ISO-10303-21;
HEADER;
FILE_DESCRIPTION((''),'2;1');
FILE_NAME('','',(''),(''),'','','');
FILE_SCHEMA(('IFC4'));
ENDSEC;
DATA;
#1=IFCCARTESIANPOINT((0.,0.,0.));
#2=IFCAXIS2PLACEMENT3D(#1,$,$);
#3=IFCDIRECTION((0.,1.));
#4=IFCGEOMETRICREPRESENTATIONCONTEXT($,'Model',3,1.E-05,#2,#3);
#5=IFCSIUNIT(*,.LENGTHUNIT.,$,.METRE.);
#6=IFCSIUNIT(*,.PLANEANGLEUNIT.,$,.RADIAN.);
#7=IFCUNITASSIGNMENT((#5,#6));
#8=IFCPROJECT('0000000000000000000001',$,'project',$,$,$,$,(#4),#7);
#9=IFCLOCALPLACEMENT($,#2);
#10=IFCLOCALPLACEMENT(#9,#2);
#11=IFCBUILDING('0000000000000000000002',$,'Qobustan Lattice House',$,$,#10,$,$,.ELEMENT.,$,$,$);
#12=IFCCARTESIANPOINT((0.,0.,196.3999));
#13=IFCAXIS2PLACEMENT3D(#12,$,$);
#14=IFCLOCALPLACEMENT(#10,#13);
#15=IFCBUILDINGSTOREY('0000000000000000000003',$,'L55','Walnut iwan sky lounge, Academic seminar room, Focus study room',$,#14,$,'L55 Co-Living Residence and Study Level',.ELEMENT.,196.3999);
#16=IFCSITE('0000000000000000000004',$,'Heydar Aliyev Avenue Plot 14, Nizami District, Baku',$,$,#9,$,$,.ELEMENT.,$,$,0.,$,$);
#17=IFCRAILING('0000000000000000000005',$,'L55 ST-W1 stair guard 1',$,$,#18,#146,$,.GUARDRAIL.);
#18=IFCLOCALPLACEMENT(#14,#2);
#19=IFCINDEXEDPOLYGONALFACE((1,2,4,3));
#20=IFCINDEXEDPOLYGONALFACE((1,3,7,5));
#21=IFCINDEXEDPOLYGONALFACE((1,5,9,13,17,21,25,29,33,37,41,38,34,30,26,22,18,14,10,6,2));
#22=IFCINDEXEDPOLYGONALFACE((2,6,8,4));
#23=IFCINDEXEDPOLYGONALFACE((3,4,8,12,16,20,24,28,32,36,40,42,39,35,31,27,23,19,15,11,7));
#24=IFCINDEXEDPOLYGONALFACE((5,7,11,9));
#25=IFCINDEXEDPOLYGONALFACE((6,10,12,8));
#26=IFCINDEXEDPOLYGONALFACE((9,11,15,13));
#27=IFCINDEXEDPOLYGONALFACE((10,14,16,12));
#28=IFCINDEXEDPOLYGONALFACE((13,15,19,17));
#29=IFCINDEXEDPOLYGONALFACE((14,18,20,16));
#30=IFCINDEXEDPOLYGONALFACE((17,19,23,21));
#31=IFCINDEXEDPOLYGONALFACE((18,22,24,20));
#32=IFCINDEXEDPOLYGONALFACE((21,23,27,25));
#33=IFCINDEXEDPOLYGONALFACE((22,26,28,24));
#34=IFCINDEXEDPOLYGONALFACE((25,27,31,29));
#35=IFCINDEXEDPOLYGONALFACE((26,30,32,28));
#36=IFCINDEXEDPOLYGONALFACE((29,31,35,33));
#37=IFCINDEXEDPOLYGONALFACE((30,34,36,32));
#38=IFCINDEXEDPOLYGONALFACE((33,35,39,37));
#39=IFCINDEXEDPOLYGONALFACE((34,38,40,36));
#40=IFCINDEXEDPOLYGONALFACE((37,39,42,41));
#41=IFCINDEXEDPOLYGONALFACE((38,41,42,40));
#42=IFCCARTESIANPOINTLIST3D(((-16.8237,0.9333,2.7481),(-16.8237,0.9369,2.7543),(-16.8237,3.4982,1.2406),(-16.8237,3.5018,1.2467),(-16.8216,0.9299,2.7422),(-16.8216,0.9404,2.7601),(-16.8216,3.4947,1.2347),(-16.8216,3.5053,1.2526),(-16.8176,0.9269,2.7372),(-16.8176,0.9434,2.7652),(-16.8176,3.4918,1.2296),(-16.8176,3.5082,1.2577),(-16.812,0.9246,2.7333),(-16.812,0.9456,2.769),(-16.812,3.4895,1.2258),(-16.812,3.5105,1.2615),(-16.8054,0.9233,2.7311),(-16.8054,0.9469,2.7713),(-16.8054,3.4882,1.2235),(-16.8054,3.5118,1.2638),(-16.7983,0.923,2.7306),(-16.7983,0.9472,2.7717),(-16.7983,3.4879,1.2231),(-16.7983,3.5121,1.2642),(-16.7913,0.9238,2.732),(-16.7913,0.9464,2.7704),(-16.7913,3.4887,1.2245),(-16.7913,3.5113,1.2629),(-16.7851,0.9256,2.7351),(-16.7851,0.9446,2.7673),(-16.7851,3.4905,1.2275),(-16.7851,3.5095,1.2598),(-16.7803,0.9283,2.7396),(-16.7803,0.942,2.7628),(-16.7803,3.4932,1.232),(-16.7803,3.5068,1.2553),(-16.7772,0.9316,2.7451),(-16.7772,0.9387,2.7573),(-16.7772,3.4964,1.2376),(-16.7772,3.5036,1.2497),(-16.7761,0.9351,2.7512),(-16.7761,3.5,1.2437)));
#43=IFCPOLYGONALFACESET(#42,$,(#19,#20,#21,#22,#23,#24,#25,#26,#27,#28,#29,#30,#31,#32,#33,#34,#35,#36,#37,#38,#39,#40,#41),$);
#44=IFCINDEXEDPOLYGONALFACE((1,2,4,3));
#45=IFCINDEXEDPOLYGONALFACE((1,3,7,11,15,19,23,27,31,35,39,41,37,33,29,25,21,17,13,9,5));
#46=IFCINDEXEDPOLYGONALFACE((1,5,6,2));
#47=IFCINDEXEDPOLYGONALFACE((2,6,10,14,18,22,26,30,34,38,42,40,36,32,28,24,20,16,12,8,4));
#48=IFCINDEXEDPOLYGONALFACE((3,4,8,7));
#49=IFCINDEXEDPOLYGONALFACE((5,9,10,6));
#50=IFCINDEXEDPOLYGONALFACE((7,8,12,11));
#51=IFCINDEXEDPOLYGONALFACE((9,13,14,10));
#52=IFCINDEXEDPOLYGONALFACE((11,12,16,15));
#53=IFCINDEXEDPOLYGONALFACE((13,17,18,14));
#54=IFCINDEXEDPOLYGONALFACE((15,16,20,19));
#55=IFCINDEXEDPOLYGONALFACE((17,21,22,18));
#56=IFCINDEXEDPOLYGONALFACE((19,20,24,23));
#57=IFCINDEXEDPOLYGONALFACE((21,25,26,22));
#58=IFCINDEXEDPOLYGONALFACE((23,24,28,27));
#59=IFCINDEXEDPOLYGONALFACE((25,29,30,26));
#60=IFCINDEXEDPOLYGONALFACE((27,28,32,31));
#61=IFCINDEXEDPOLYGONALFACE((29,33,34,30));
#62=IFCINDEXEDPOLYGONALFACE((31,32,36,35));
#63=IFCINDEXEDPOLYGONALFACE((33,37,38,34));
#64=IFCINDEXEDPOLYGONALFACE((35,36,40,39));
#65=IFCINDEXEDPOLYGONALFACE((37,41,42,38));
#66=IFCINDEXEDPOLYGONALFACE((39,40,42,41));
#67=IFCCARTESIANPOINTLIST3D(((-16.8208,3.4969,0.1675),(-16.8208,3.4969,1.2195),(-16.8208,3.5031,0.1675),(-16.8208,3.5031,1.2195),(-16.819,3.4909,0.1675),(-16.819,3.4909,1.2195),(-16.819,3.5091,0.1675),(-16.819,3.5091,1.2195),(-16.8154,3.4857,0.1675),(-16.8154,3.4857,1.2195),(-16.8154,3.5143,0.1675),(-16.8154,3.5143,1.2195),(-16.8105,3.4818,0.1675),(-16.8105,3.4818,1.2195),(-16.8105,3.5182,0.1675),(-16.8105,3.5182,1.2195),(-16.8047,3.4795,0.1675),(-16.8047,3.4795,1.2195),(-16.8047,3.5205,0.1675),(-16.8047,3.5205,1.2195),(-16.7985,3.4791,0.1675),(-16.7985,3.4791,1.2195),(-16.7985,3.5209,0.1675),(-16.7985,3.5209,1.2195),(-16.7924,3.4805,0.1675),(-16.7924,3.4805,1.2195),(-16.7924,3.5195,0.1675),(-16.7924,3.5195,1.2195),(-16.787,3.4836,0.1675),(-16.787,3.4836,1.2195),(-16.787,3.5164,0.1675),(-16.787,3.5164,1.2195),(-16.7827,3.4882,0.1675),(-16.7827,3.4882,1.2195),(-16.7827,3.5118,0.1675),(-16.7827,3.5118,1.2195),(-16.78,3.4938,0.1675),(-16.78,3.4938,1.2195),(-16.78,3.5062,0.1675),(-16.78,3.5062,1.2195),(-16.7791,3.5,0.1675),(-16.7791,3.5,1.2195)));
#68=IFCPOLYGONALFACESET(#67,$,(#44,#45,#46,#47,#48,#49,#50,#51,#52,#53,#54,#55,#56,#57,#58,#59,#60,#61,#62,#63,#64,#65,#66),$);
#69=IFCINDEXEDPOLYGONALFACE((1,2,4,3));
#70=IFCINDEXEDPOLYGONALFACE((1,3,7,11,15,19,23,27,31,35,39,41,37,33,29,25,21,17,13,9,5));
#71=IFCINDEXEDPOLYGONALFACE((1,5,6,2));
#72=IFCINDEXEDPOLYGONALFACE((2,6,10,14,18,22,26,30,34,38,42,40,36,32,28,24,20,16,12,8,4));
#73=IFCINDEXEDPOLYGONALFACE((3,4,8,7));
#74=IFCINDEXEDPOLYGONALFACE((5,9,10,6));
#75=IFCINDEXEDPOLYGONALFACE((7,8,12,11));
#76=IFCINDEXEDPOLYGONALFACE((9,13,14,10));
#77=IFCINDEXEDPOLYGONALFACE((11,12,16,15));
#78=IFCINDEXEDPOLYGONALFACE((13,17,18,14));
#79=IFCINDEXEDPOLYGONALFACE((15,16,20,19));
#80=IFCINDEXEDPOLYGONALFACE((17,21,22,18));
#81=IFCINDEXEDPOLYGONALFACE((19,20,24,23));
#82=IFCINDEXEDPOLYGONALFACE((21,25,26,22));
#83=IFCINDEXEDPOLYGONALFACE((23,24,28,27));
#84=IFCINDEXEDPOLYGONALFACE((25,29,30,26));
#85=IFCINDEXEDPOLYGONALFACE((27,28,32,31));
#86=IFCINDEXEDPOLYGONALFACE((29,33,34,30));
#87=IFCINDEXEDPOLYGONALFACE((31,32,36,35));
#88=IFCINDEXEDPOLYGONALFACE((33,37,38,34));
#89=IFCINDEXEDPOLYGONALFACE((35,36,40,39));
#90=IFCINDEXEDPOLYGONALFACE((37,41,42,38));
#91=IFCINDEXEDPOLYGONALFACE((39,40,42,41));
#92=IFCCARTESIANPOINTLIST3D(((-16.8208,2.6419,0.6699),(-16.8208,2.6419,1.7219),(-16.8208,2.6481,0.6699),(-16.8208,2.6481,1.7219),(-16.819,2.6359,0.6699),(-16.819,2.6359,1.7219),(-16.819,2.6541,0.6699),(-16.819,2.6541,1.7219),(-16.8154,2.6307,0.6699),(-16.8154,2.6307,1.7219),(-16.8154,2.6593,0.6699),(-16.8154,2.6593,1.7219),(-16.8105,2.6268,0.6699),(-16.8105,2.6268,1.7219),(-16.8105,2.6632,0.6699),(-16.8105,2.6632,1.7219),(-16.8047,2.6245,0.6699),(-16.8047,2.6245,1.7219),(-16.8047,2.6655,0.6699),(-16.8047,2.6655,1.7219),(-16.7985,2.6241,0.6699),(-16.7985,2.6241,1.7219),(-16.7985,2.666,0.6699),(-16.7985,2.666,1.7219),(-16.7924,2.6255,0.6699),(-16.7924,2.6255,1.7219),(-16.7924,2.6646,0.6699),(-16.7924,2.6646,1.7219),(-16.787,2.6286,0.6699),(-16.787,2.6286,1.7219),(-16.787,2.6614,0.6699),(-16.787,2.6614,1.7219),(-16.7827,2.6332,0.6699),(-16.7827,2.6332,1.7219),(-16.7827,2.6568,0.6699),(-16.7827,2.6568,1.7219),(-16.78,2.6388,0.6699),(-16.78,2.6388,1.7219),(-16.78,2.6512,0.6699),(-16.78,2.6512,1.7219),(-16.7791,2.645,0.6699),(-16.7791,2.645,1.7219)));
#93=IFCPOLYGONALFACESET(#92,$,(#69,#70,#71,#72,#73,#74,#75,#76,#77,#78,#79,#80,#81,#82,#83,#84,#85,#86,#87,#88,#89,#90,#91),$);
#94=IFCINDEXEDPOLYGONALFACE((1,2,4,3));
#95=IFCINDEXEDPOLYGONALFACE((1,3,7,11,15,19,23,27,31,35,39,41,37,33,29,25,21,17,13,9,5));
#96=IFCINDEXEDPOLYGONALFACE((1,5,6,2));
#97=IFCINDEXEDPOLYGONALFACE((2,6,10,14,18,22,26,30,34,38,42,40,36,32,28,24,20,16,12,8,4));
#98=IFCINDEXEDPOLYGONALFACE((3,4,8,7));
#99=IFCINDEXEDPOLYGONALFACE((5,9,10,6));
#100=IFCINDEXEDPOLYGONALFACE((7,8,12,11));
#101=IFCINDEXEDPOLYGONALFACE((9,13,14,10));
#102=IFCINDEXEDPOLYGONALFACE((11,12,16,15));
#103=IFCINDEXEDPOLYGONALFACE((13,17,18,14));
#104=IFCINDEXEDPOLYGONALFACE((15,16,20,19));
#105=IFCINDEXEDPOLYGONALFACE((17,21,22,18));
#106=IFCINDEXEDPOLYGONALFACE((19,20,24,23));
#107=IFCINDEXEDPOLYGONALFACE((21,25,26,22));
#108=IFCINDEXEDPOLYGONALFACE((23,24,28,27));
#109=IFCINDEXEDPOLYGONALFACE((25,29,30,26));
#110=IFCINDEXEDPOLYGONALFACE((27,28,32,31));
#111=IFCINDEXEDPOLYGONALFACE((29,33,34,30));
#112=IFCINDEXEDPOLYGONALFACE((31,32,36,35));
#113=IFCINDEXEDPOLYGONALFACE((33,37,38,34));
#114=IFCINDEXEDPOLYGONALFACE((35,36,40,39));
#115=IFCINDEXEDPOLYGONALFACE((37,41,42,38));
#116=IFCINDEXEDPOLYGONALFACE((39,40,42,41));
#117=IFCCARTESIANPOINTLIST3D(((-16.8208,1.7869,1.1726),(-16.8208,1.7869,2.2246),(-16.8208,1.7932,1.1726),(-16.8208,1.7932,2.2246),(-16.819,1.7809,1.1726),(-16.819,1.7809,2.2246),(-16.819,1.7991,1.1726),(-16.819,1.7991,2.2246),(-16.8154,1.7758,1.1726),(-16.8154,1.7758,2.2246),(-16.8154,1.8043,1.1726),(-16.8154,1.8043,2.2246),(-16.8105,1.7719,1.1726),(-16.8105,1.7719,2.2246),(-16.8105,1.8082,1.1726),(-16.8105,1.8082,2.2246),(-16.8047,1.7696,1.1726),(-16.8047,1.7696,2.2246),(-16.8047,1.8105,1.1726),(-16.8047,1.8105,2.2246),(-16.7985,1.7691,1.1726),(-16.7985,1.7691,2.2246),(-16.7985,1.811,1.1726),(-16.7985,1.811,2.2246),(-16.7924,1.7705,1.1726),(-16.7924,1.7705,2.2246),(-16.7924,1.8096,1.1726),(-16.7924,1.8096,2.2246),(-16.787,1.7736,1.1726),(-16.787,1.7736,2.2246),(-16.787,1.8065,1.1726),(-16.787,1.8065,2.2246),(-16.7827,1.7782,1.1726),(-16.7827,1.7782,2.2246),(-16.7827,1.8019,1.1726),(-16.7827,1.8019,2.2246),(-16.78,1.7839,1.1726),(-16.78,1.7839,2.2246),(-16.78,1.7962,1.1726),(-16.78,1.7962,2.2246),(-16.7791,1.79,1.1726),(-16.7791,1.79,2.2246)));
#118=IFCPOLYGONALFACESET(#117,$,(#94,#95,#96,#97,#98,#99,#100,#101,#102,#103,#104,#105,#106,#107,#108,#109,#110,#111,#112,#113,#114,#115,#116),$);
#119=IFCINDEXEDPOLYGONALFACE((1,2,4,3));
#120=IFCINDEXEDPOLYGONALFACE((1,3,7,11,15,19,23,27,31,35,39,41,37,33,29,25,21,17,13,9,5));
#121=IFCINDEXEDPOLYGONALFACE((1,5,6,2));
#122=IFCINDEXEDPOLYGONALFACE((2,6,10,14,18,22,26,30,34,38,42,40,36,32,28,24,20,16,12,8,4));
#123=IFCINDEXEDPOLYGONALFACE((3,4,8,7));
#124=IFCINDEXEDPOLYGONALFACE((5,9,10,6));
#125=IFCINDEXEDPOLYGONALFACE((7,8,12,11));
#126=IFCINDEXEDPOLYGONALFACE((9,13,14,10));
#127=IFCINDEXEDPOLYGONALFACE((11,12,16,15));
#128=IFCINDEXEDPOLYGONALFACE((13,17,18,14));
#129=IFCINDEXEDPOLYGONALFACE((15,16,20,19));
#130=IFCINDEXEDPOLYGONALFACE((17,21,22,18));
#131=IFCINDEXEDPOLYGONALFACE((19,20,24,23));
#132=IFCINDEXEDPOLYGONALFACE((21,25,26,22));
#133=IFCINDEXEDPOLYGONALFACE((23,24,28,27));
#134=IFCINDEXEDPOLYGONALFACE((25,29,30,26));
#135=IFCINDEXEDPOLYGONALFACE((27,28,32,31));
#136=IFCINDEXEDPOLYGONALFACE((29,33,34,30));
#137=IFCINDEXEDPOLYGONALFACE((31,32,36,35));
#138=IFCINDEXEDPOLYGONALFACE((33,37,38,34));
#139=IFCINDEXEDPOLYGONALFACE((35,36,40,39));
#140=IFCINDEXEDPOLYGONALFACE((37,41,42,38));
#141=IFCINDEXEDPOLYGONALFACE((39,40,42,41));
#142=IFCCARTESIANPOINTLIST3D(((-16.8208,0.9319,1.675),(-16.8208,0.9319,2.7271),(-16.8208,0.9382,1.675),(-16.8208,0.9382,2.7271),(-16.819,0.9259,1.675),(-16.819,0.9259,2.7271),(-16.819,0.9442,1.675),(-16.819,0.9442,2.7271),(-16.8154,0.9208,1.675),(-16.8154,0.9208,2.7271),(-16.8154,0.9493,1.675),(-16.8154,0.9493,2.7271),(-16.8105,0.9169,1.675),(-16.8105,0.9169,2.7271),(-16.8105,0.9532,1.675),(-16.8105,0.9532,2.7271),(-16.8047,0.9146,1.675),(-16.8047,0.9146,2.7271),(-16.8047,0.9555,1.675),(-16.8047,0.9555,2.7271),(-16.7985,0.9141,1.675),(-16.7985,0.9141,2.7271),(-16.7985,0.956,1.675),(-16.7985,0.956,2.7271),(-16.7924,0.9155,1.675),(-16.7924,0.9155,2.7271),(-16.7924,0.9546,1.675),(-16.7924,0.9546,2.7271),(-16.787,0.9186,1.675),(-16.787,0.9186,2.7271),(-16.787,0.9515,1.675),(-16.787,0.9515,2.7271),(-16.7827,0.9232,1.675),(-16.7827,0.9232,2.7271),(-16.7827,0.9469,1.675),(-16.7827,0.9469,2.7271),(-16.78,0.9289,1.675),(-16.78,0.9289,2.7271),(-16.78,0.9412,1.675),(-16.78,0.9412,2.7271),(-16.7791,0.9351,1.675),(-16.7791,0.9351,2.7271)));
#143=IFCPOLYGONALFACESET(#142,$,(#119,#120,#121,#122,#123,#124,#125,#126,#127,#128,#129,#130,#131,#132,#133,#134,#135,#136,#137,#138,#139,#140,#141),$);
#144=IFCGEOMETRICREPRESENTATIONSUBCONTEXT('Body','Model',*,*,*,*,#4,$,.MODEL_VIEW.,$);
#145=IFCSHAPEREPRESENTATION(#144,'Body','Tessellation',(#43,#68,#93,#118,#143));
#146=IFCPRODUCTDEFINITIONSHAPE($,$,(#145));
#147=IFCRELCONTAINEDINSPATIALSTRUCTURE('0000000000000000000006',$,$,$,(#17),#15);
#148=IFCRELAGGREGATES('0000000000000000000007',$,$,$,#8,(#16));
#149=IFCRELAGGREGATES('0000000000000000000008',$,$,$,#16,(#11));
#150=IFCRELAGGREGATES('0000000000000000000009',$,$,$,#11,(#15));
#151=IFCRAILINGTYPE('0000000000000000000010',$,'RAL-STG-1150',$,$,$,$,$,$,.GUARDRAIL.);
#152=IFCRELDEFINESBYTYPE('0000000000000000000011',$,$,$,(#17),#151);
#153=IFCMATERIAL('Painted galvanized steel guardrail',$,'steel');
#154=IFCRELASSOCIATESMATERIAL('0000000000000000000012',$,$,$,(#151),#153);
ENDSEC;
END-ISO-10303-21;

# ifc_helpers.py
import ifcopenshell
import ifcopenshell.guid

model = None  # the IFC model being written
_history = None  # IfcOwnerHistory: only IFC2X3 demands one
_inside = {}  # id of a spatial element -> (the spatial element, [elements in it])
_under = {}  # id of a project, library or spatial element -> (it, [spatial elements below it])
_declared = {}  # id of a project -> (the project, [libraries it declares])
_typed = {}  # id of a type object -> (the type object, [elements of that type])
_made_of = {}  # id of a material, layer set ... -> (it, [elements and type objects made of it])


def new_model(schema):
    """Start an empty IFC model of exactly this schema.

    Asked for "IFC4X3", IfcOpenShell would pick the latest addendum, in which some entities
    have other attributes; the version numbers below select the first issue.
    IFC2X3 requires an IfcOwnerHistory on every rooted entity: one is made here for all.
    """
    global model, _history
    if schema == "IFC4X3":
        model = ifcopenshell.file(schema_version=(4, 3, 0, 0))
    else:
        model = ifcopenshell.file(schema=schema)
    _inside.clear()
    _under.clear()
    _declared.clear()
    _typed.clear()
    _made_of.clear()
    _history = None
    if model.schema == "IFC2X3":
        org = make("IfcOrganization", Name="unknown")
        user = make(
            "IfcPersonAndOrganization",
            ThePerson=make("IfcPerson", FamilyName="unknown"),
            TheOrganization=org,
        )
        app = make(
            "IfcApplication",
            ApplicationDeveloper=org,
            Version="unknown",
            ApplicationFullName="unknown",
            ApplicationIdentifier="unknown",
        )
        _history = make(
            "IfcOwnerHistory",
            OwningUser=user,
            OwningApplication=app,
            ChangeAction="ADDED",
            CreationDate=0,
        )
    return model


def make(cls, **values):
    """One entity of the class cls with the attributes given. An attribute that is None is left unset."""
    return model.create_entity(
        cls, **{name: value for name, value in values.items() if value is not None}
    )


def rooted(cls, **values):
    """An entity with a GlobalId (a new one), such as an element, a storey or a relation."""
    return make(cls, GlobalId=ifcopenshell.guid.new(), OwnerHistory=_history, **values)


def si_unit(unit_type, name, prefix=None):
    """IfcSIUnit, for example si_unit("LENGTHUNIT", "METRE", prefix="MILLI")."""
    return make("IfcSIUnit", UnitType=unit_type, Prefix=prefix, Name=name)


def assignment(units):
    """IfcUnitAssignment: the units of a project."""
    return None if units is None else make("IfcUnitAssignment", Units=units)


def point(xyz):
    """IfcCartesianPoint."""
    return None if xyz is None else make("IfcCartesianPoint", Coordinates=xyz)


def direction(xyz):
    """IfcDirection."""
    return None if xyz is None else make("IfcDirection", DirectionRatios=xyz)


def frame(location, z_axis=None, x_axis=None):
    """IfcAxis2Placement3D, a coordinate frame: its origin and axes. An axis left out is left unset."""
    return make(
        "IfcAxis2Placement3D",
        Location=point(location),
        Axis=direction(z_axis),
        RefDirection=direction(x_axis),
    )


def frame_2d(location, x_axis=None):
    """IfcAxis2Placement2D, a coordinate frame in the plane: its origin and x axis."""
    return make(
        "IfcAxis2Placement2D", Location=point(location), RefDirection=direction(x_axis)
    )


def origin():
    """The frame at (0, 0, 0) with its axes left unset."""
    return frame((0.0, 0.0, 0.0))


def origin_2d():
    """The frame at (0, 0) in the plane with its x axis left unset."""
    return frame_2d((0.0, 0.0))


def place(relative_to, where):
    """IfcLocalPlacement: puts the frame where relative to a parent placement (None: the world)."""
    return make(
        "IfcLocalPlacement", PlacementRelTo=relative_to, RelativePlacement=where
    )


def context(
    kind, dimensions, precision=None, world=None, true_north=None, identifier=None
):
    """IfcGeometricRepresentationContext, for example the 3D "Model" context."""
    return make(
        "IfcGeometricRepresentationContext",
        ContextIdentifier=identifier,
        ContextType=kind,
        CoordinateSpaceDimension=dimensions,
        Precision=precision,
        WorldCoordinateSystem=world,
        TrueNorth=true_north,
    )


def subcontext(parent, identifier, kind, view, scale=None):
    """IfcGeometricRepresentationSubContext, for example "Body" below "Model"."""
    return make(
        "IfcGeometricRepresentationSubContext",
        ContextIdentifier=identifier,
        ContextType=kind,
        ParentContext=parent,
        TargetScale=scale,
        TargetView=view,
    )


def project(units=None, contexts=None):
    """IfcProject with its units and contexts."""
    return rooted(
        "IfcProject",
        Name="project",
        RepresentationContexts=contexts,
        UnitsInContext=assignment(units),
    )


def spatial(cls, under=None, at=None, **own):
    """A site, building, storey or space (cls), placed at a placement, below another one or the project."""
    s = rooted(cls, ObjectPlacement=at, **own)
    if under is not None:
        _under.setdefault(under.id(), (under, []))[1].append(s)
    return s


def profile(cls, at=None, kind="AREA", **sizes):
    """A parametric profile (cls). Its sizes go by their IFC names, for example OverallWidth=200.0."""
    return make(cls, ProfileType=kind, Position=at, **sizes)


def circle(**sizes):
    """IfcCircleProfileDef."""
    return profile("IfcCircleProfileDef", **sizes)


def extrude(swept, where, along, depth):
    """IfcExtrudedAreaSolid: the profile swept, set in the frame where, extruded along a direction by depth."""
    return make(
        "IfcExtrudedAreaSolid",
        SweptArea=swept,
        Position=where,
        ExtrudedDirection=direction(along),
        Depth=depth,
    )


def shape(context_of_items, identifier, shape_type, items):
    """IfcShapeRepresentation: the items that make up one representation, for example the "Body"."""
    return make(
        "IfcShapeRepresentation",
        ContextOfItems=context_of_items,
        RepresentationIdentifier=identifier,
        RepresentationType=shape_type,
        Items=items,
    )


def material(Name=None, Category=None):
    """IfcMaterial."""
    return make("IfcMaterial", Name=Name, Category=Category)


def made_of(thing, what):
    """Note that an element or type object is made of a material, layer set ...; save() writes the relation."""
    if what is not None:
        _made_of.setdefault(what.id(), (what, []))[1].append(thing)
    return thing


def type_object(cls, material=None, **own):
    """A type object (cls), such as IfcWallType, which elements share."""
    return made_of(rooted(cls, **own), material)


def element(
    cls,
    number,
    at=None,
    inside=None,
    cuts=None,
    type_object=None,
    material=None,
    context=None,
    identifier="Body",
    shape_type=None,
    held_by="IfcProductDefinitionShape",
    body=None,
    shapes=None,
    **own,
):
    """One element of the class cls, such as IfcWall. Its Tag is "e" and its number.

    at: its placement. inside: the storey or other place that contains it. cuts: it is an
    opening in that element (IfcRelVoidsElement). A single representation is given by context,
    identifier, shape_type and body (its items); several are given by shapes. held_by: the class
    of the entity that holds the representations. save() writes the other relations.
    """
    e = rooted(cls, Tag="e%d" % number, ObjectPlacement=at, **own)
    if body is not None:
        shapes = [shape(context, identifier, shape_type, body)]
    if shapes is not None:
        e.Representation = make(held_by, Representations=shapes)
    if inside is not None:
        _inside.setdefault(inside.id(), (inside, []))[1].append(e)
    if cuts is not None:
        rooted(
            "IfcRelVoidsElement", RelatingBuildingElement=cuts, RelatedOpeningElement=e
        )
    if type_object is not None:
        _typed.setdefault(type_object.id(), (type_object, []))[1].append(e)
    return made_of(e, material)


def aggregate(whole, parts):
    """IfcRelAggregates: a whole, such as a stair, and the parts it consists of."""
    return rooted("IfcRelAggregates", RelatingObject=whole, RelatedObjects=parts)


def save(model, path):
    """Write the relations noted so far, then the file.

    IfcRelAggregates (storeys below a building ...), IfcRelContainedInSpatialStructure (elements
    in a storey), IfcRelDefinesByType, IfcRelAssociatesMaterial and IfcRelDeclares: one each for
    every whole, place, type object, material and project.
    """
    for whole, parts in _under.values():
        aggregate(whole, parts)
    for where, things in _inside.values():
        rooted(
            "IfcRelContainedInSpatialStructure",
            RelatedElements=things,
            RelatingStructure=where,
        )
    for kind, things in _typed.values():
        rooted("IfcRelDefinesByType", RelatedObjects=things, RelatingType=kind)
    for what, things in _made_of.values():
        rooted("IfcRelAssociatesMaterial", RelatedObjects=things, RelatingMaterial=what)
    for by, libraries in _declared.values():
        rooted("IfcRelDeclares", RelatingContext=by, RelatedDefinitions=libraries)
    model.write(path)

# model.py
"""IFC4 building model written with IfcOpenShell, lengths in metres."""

from ifc_helpers import new_model, si_unit, direction, frame, origin, origin_2d, place, context, subcontext, project, spatial, circle, extrude, material, type_object, element, save


model = new_model("IFC4")

# Units and contexts
model_context = context("Model", 3, precision=1e-05, world=origin(), true_north=direction((0.0, 1.0)))
body_context = subcontext(model_context, "Body", "Model", "MODEL_VIEW")
ifc_project = project(units=[si_unit("LENGTHUNIT", "METRE"), si_unit("PLANEANGLEUNIT", "RADIAN")], contexts=[model_context])

# Site, building, storey
site_placement = place(None, origin())
site = spatial("IfcSite", under=ifc_project, at=site_placement, Name="Heydar Aliyev Avenue Plot 14, Nizami District, Baku", CompositionType="ELEMENT", RefElevation=0.0)
building_placement = place(site_placement, origin())
building = spatial("IfcBuilding", under=site, at=building_placement, Name="Qobustan Lattice House", CompositionType="ELEMENT")
storey_placement = place(building_placement, frame((0.0, 0.0, 196.3999)))
storey = spatial("IfcBuildingStorey", under=building, at=storey_placement, Name="L55", Description="Walnut iwan sky lounge, Academic seminar room, Focus study room", LongName="L55 Co-Living Residence and Study Level", CompositionType="ELEMENT", Elevation=196.3999)

# Railing
ifc_material_1 = material(Name="Painted galvanized steel guardrail", Category="steel")
railing_type_1 = type_object("IfcRailingType", Name="RAL-STG-1150", PredefinedType="GUARDRAIL", material=ifc_material_1)
railing_1_placement = place(storey_placement, frame((-16.8, 3.5, 0.1675)))
element("IfcRailing", 1, at=railing_1_placement, inside=storey, type_object=railing_type_1, Name="L55 ST-W1 stair guard 1", PredefinedType="GUARDRAIL", context=body_context, shape_type="SweptSolid", body=[
    extrude(circle(Radius=0.0239, at=origin_2d()), frame((0.0, 0.0, 1.0762), z_axis=(0.0, -0.862113, 0.506715), x_axis=(1.0, 0.0, 0.0)), (0.0, 0.0, 1.0), 2.9751),
    extrude(circle(Radius=0.021, at=origin_2d()), origin(), (0.0, 0.0, 1.0), 1.052),
    extrude(circle(Radius=0.021, at=origin_2d()), frame((0.0, -0.855, 0.5024)), (0.0, 0.0, 1.0), 1.052),
    extrude(circle(Radius=0.021, at=origin_2d()), frame((0.0, -1.71, 1.0051)), (0.0, 0.0, 1.0), 1.052),
    extrude(circle(Radius=0.021, at=origin_2d()), frame((0.0, -2.5649, 1.5076)), (0.0, 0.0, 1.0), 1.052),
])

save(model, "model.ifc")
